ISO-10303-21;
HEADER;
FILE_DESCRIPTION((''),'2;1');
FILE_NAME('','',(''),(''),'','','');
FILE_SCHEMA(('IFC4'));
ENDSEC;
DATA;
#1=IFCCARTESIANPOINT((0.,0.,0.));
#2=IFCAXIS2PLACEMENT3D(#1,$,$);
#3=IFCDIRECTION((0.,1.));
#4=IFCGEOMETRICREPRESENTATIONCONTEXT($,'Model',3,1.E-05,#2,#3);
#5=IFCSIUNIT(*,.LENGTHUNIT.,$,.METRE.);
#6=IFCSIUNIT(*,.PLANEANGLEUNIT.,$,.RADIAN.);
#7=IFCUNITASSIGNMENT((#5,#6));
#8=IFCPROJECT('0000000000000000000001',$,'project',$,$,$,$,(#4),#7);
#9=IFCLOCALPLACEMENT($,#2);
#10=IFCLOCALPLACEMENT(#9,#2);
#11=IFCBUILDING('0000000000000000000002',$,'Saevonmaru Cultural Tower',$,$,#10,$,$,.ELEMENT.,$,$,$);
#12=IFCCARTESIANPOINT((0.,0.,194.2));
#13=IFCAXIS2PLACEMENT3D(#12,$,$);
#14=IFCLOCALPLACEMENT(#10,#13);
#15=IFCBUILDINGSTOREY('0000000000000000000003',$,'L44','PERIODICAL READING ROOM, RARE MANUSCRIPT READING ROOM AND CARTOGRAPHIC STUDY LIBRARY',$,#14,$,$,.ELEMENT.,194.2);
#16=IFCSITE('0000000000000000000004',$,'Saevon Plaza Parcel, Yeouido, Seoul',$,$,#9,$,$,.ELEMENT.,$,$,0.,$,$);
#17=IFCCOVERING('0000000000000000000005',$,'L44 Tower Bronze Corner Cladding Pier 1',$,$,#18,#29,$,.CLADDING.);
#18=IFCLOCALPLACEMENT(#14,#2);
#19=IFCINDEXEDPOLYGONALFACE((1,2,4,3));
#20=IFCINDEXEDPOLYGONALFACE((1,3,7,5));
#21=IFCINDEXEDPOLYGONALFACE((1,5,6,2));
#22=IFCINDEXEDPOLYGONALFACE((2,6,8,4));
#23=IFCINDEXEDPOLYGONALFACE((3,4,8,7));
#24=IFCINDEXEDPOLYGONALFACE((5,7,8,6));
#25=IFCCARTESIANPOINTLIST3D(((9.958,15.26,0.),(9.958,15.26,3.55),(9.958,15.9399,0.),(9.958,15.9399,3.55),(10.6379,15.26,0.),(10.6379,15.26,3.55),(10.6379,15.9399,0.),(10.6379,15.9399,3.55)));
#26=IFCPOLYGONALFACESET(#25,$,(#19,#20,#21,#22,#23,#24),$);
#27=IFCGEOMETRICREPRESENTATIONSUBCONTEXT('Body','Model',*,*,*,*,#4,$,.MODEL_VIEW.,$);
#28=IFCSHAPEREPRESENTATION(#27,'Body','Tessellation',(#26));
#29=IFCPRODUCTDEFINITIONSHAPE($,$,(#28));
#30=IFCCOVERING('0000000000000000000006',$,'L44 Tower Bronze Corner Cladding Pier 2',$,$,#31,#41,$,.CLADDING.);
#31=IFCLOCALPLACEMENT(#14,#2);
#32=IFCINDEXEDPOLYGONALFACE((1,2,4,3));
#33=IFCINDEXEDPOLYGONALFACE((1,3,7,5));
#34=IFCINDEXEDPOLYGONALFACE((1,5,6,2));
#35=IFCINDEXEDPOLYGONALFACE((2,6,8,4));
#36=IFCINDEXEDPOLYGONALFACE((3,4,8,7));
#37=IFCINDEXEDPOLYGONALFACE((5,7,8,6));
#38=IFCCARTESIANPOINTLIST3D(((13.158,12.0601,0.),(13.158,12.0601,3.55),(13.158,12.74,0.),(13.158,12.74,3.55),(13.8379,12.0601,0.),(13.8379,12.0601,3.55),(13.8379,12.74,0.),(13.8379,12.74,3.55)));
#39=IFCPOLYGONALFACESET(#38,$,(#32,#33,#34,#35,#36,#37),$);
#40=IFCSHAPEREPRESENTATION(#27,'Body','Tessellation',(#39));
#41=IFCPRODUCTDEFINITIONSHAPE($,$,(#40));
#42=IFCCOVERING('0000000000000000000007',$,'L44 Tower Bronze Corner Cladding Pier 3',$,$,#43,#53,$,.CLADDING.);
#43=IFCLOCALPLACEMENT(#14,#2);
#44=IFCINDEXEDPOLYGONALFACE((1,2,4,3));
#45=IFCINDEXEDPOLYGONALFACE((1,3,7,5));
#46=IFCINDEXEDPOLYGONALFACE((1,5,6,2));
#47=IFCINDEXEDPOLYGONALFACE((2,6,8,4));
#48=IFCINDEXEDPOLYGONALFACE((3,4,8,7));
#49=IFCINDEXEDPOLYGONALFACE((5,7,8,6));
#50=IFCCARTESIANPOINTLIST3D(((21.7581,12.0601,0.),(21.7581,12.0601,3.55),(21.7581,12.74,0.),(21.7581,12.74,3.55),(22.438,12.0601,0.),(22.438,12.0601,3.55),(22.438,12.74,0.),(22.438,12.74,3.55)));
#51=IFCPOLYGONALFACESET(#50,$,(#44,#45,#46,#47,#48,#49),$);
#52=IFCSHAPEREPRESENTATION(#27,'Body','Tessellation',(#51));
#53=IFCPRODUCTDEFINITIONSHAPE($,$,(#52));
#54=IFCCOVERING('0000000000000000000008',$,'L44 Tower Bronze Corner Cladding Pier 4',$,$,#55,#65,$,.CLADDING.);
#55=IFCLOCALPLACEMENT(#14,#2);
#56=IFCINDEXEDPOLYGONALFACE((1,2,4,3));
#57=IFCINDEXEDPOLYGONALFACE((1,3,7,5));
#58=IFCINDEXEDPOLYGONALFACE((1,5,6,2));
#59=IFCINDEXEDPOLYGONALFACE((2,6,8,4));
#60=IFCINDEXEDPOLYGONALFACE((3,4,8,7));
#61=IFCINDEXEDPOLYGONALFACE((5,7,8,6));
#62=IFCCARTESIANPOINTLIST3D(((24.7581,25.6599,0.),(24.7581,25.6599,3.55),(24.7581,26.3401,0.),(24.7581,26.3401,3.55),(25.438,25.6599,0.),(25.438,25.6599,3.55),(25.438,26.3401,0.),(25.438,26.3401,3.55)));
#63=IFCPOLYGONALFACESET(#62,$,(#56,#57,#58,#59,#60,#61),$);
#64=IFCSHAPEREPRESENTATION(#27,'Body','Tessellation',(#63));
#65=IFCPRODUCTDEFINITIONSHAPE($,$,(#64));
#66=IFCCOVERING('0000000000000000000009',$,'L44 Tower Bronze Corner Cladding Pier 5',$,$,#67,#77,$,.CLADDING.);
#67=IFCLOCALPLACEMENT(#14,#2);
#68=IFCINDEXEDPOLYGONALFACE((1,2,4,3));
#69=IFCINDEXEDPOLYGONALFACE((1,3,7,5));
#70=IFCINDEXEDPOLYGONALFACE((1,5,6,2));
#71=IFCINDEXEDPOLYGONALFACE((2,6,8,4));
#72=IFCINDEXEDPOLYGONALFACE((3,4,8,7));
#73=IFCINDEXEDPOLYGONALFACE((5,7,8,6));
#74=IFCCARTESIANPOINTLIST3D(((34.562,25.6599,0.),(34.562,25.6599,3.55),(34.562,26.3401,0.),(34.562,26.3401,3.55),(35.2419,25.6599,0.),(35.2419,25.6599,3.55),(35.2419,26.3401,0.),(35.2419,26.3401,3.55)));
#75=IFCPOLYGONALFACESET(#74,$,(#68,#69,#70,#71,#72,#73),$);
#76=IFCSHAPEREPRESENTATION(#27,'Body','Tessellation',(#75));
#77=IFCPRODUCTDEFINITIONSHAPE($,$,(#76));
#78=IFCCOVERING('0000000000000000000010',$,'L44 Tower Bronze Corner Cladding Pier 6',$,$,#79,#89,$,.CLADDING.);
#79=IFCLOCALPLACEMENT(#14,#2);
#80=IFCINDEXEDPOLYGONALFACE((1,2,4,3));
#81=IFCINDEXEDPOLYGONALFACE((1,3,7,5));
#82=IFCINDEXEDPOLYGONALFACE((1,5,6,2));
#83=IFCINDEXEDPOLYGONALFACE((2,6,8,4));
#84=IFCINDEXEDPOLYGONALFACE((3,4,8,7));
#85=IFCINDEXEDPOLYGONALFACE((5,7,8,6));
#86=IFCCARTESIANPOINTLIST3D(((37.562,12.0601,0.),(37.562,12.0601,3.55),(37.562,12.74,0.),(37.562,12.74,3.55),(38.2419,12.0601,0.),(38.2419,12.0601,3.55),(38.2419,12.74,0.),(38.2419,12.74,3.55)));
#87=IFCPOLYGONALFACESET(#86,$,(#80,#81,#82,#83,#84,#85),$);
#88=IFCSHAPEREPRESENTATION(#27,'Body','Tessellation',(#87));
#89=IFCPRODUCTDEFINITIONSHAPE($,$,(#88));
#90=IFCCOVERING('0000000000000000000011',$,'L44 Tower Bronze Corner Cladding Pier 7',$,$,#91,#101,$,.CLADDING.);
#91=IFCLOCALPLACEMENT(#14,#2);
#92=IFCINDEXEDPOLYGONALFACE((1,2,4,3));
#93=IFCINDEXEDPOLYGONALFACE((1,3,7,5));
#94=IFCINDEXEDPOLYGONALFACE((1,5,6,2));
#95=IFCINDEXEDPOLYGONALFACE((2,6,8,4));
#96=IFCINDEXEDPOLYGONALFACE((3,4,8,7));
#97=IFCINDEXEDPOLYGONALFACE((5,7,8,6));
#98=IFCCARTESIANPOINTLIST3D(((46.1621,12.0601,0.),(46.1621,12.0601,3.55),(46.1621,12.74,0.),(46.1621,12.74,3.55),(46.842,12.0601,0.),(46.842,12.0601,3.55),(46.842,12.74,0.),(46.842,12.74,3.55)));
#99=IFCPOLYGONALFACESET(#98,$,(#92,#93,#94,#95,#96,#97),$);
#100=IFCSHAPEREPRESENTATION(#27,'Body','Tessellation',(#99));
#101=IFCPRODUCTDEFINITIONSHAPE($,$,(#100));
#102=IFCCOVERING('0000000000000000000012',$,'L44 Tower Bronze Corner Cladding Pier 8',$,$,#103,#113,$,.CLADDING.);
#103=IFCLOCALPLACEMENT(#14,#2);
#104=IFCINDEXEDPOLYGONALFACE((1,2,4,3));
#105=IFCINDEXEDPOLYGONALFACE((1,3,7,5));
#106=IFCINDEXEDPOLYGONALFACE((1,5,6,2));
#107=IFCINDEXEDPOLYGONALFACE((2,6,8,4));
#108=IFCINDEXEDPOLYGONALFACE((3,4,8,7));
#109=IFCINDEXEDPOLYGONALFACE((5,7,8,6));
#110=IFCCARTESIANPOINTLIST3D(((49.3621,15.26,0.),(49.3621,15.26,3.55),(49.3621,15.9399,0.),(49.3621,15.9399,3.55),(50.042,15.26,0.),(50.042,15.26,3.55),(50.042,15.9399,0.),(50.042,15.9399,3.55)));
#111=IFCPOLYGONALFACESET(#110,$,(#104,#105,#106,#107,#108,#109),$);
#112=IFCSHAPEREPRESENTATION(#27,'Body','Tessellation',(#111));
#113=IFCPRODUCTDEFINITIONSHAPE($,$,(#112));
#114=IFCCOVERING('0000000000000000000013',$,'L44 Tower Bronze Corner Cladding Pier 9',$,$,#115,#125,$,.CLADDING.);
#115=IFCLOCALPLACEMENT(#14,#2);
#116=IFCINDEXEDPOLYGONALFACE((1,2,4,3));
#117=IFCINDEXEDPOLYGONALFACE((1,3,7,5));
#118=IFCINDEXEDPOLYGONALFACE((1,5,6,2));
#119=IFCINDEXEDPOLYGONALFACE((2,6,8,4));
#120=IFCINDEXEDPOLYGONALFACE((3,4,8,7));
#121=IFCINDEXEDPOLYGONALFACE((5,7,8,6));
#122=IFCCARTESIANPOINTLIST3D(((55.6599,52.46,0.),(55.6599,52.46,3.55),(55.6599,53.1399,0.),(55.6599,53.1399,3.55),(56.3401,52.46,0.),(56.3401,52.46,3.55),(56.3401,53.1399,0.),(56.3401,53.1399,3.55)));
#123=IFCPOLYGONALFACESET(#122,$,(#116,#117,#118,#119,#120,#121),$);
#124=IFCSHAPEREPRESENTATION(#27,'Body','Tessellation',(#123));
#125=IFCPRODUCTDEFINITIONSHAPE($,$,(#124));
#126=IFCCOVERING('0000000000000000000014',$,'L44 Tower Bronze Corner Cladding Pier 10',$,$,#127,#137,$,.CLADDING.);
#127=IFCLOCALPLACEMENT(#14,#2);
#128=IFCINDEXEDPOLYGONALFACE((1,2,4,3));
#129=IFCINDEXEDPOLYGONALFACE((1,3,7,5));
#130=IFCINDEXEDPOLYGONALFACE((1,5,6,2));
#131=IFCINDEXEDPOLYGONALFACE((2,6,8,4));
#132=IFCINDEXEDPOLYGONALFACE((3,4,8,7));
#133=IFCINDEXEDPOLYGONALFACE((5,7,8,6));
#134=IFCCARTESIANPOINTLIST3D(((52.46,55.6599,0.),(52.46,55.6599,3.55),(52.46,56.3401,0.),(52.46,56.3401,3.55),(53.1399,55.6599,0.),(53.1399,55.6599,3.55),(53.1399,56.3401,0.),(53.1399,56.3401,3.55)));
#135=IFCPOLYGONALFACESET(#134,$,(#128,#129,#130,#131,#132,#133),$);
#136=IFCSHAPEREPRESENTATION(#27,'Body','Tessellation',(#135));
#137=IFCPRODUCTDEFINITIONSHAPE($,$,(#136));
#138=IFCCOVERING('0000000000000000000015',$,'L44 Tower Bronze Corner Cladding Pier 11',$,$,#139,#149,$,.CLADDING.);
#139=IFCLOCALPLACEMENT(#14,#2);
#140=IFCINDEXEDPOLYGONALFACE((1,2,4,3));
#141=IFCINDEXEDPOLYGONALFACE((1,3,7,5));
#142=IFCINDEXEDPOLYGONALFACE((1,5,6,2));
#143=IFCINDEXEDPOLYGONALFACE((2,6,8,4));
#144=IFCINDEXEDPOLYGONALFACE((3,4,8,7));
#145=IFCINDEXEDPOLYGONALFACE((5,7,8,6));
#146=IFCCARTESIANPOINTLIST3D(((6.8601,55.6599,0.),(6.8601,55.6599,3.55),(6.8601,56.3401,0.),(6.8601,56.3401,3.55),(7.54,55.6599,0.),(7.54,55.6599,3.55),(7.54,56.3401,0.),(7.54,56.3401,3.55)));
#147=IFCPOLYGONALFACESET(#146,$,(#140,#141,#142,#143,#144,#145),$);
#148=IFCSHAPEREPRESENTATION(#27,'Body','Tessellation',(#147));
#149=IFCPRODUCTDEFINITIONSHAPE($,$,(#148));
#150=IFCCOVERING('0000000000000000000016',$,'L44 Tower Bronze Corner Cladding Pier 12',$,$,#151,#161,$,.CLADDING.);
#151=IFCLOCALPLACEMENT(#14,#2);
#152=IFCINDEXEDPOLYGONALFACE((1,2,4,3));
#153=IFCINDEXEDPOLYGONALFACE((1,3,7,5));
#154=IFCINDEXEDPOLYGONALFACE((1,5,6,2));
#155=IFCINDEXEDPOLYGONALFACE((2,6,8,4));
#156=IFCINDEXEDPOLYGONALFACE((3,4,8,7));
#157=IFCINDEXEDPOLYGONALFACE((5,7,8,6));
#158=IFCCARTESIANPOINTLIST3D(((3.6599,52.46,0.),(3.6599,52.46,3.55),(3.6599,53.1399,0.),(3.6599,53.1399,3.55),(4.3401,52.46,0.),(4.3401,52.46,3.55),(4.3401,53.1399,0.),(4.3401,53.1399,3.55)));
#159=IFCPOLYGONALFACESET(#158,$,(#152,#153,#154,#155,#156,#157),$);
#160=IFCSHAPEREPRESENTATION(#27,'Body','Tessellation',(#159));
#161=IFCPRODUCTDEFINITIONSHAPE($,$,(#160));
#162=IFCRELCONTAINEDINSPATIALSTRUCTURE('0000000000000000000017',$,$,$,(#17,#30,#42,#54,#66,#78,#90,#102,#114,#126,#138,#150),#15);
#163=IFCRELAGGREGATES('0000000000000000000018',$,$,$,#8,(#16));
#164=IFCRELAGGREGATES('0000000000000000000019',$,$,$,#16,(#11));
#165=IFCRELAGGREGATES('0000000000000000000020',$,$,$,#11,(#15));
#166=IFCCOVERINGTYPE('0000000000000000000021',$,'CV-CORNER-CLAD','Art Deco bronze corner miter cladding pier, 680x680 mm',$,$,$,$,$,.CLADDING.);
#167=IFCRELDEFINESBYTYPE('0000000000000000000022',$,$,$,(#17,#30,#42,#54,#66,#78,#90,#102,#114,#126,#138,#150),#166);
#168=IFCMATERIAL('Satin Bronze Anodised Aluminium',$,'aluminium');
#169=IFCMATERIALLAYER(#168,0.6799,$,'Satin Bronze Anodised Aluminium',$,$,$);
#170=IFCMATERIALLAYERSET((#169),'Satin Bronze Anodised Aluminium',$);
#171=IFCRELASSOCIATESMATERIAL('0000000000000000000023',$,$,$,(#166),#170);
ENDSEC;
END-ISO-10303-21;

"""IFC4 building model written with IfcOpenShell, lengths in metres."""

from ifc_helpers import new_model, si_unit, direction, frame, origin, place, context, subcontext, project, spatial, polyline, outline, extrude, material, layer, layer_set, type_object, element, save


model = new_model("IFC4")

# Units and contexts
model_context = context("Model", 3, precision=1e-05, world=origin(), true_north=direction((0.0, 1.0)))
body_context = subcontext(model_context, "Body", "Model", "MODEL_VIEW")
ifc_project = project(units=[si_unit("LENGTHUNIT", "METRE"), si_unit("PLANEANGLEUNIT", "RADIAN")], contexts=[model_context])

# Site, building, storey
site_placement = place(None, origin())
site = spatial("IfcSite", under=ifc_project, at=site_placement, Name="Saevon Plaza Parcel, Yeouido, Seoul", CompositionType="ELEMENT", RefElevation=0.0)
building_placement = place(site_placement, origin())
building = spatial("IfcBuilding", under=site, at=building_placement, Name="Saevonmaru Cultural Tower", CompositionType="ELEMENT")
storey_placement = place(building_placement, frame((0.0, 0.0, 194.2)))
storey = spatial("IfcBuildingStorey", under=building, at=storey_placement, Name="L44", Description="PERIODICAL READING ROOM, RARE MANUSCRIPT READING ROOM AND CARTOGRAPHIC STUDY LIBRARY", CompositionType="ELEMENT", Elevation=194.2)

# Shared definitions
ifc_material_1 = material(Name="Satin Bronze Anodised Aluminium", Category="aluminium")

# Coverings
ifc_layer_1 = layer(ifc_material_1, 0.6799, Name="Satin Bronze Anodised Aluminium")
ifc_layer_set_1 = layer_set([ifc_layer_1], Name="Satin Bronze Anodised Aluminium")
covering_type = type_object("IfcCoveringType", Name="CV-CORNER-CLAD", Description="Art Deco bronze corner miter cladding pier, 680x680 mm", PredefinedType="CLADDING", material=ifc_layer_set_1)
covering_1_placement = place(storey_placement, origin())
element("IfcCovering", 1, at=covering_1_placement, inside=storey, type_object=covering_type, Name="L44 Tower Bronze Corner Cladding Pier 1", PredefinedType="CLADDING", context=body_context, shape_type="SweptSolid", body=[
    extrude(outline(polyline([(9.958, 15.26), (10.6379, 15.26), (10.6379, 15.9399), (9.958, 15.9399), (9.958, 15.26)])), origin(), (0.0, 0.0, 1.0), 3.55),
])
covering_2_placement = place(storey_placement, origin())
element("IfcCovering", 2, at=covering_2_placement, inside=storey, type_object=covering_type, Name="L44 Tower Bronze Corner Cladding Pier 2", PredefinedType="CLADDING", context=body_context, shape_type="SweptSolid", body=[
    extrude(outline(polyline([(13.158, 12.0601), (13.8379, 12.0601), (13.8379, 12.74), (13.158, 12.74), (13.158, 12.0601)])), origin(), (0.0, 0.0, 1.0), 3.55),
])
covering_3_placement = place(storey_placement, origin())
element("IfcCovering", 3, at=covering_3_placement, inside=storey, type_object=covering_type, Name="L44 Tower Bronze Corner Cladding Pier 3", PredefinedType="CLADDING", context=body_context, shape_type="SweptSolid", body=[
    extrude(outline(polyline([(21.7581, 12.0601), (22.438, 12.0601), (22.438, 12.74), (21.7581, 12.74), (21.7581, 12.0601)])), origin(), (0.0, 0.0, 1.0), 3.55),
])
covering_4_placement = place(storey_placement, origin())
element("IfcCovering", 4, at=covering_4_placement, inside=storey, type_object=covering_type, Name="L44 Tower Bronze Corner Cladding Pier 4", PredefinedType="CLADDING", context=body_context, shape_type="SweptSolid", body=[
    extrude(outline(polyline([(24.7581, 25.6599), (25.438, 25.6599), (25.438, 26.3401), (24.7581, 26.3401), (24.7581, 25.6599)])), origin(), (0.0, 0.0, 1.0), 3.55),
])
covering_5_placement = place(storey_placement, origin())
element("IfcCovering", 5, at=covering_5_placement, inside=storey, type_object=covering_type, Name="L44 Tower Bronze Corner Cladding Pier 5", PredefinedType="CLADDING", context=body_context, shape_type="SweptSolid", body=[
    extrude(outline(polyline([(34.562, 25.6599), (35.2419, 25.6599), (35.2419, 26.3401), (34.562, 26.3401), (34.562, 25.6599)])), origin(), (0.0, 0.0, 1.0), 3.55),
])
covering_6_placement = place(storey_placement, origin())
element("IfcCovering", 6, at=covering_6_placement, inside=storey, type_object=covering_type, Name="L44 Tower Bronze Corner Cladding Pier 6", PredefinedType="CLADDING", context=body_context, shape_type="SweptSolid", body=[
    extrude(outline(polyline([(37.562, 12.0601), (38.2419, 12.0601), (38.2419, 12.74), (37.562, 12.74), (37.562, 12.0601)])), origin(), (0.0, 0.0, 1.0), 3.55),
])
covering_7_placement = place(storey_placement, origin())
element("IfcCovering", 7, at=covering_7_placement, inside=storey, type_object=covering_type, Name="L44 Tower Bronze Corner Cladding Pier 7", PredefinedType="CLADDING", context=body_context, shape_type="SweptSolid", body=[
    extrude(outline(polyline([(46.1621, 12.0601), (46.842, 12.0601), (46.842, 12.74), (46.1621, 12.74), (46.1621, 12.0601)])), origin(), (0.0, 0.0, 1.0), 3.55),
])
covering_8_placement = place(storey_placement, origin())
element("IfcCovering", 8, at=covering_8_placement, inside=storey, type_object=covering_type, Name="L44 Tower Bronze Corner Cladding Pier 8", PredefinedType="CLADDING", context=body_context, shape_type="SweptSolid", body=[
    extrude(outline(polyline([(49.3621, 15.26), (50.042, 15.26), (50.042, 15.9399), (49.3621, 15.9399), (49.3621, 15.26)])), origin(), (0.0, 0.0, 1.0), 3.55),
])
covering_9_placement = place(storey_placement, origin())
element("IfcCovering", 9, at=covering_9_placement, inside=storey, type_object=covering_type, Name="L44 Tower Bronze Corner Cladding Pier 9", PredefinedType="CLADDING", context=body_context, shape_type="SweptSolid", body=[
    extrude(outline(polyline([(55.6599, 52.46), (56.3401, 52.46), (56.3401, 53.1399), (55.6599, 53.1399), (55.6599, 52.46)])), origin(), (0.0, 0.0, 1.0), 3.55),
])
covering_10_placement = place(storey_placement, origin())
element("IfcCovering", 10, at=covering_10_placement, inside=storey, type_object=covering_type, Name="L44 Tower Bronze Corner Cladding Pier 10", PredefinedType="CLADDING", context=body_context, shape_type="SweptSolid", body=[
    extrude(outline(polyline([(52.46, 55.6599), (53.1399, 55.6599), (53.1399, 56.3401), (52.46, 56.3401), (52.46, 55.6599)])), origin(), (0.0, 0.0, 1.0), 3.55),
])
covering_11_placement = place(storey_placement, origin())
element("IfcCovering", 11, at=covering_11_placement, inside=storey, type_object=covering_type, Name="L44 Tower Bronze Corner Cladding Pier 11", PredefinedType="CLADDING", context=body_context, shape_type="SweptSolid", body=[
    extrude(outline(polyline([(6.8601, 55.6599), (7.54, 55.6599), (7.54, 56.3401), (6.8601, 56.3401), (6.8601, 55.6599)])), origin(), (0.0, 0.0, 1.0), 3.55),
])
covering_12_placement = place(storey_placement, origin())
element("IfcCovering", 12, at=covering_12_placement, inside=storey, type_object=covering_type, Name="L44 Tower Bronze Corner Cladding Pier 12", PredefinedType="CLADDING", context=body_context, shape_type="SweptSolid", body=[
    extrude(outline(polyline([(3.6599, 52.46), (4.3401, 52.46), (4.3401, 53.1399), (3.6599, 53.1399), (3.6599, 52.46)])), origin(), (0.0, 0.0, 1.0), 3.55),
])

save(model, "model.ifc")
